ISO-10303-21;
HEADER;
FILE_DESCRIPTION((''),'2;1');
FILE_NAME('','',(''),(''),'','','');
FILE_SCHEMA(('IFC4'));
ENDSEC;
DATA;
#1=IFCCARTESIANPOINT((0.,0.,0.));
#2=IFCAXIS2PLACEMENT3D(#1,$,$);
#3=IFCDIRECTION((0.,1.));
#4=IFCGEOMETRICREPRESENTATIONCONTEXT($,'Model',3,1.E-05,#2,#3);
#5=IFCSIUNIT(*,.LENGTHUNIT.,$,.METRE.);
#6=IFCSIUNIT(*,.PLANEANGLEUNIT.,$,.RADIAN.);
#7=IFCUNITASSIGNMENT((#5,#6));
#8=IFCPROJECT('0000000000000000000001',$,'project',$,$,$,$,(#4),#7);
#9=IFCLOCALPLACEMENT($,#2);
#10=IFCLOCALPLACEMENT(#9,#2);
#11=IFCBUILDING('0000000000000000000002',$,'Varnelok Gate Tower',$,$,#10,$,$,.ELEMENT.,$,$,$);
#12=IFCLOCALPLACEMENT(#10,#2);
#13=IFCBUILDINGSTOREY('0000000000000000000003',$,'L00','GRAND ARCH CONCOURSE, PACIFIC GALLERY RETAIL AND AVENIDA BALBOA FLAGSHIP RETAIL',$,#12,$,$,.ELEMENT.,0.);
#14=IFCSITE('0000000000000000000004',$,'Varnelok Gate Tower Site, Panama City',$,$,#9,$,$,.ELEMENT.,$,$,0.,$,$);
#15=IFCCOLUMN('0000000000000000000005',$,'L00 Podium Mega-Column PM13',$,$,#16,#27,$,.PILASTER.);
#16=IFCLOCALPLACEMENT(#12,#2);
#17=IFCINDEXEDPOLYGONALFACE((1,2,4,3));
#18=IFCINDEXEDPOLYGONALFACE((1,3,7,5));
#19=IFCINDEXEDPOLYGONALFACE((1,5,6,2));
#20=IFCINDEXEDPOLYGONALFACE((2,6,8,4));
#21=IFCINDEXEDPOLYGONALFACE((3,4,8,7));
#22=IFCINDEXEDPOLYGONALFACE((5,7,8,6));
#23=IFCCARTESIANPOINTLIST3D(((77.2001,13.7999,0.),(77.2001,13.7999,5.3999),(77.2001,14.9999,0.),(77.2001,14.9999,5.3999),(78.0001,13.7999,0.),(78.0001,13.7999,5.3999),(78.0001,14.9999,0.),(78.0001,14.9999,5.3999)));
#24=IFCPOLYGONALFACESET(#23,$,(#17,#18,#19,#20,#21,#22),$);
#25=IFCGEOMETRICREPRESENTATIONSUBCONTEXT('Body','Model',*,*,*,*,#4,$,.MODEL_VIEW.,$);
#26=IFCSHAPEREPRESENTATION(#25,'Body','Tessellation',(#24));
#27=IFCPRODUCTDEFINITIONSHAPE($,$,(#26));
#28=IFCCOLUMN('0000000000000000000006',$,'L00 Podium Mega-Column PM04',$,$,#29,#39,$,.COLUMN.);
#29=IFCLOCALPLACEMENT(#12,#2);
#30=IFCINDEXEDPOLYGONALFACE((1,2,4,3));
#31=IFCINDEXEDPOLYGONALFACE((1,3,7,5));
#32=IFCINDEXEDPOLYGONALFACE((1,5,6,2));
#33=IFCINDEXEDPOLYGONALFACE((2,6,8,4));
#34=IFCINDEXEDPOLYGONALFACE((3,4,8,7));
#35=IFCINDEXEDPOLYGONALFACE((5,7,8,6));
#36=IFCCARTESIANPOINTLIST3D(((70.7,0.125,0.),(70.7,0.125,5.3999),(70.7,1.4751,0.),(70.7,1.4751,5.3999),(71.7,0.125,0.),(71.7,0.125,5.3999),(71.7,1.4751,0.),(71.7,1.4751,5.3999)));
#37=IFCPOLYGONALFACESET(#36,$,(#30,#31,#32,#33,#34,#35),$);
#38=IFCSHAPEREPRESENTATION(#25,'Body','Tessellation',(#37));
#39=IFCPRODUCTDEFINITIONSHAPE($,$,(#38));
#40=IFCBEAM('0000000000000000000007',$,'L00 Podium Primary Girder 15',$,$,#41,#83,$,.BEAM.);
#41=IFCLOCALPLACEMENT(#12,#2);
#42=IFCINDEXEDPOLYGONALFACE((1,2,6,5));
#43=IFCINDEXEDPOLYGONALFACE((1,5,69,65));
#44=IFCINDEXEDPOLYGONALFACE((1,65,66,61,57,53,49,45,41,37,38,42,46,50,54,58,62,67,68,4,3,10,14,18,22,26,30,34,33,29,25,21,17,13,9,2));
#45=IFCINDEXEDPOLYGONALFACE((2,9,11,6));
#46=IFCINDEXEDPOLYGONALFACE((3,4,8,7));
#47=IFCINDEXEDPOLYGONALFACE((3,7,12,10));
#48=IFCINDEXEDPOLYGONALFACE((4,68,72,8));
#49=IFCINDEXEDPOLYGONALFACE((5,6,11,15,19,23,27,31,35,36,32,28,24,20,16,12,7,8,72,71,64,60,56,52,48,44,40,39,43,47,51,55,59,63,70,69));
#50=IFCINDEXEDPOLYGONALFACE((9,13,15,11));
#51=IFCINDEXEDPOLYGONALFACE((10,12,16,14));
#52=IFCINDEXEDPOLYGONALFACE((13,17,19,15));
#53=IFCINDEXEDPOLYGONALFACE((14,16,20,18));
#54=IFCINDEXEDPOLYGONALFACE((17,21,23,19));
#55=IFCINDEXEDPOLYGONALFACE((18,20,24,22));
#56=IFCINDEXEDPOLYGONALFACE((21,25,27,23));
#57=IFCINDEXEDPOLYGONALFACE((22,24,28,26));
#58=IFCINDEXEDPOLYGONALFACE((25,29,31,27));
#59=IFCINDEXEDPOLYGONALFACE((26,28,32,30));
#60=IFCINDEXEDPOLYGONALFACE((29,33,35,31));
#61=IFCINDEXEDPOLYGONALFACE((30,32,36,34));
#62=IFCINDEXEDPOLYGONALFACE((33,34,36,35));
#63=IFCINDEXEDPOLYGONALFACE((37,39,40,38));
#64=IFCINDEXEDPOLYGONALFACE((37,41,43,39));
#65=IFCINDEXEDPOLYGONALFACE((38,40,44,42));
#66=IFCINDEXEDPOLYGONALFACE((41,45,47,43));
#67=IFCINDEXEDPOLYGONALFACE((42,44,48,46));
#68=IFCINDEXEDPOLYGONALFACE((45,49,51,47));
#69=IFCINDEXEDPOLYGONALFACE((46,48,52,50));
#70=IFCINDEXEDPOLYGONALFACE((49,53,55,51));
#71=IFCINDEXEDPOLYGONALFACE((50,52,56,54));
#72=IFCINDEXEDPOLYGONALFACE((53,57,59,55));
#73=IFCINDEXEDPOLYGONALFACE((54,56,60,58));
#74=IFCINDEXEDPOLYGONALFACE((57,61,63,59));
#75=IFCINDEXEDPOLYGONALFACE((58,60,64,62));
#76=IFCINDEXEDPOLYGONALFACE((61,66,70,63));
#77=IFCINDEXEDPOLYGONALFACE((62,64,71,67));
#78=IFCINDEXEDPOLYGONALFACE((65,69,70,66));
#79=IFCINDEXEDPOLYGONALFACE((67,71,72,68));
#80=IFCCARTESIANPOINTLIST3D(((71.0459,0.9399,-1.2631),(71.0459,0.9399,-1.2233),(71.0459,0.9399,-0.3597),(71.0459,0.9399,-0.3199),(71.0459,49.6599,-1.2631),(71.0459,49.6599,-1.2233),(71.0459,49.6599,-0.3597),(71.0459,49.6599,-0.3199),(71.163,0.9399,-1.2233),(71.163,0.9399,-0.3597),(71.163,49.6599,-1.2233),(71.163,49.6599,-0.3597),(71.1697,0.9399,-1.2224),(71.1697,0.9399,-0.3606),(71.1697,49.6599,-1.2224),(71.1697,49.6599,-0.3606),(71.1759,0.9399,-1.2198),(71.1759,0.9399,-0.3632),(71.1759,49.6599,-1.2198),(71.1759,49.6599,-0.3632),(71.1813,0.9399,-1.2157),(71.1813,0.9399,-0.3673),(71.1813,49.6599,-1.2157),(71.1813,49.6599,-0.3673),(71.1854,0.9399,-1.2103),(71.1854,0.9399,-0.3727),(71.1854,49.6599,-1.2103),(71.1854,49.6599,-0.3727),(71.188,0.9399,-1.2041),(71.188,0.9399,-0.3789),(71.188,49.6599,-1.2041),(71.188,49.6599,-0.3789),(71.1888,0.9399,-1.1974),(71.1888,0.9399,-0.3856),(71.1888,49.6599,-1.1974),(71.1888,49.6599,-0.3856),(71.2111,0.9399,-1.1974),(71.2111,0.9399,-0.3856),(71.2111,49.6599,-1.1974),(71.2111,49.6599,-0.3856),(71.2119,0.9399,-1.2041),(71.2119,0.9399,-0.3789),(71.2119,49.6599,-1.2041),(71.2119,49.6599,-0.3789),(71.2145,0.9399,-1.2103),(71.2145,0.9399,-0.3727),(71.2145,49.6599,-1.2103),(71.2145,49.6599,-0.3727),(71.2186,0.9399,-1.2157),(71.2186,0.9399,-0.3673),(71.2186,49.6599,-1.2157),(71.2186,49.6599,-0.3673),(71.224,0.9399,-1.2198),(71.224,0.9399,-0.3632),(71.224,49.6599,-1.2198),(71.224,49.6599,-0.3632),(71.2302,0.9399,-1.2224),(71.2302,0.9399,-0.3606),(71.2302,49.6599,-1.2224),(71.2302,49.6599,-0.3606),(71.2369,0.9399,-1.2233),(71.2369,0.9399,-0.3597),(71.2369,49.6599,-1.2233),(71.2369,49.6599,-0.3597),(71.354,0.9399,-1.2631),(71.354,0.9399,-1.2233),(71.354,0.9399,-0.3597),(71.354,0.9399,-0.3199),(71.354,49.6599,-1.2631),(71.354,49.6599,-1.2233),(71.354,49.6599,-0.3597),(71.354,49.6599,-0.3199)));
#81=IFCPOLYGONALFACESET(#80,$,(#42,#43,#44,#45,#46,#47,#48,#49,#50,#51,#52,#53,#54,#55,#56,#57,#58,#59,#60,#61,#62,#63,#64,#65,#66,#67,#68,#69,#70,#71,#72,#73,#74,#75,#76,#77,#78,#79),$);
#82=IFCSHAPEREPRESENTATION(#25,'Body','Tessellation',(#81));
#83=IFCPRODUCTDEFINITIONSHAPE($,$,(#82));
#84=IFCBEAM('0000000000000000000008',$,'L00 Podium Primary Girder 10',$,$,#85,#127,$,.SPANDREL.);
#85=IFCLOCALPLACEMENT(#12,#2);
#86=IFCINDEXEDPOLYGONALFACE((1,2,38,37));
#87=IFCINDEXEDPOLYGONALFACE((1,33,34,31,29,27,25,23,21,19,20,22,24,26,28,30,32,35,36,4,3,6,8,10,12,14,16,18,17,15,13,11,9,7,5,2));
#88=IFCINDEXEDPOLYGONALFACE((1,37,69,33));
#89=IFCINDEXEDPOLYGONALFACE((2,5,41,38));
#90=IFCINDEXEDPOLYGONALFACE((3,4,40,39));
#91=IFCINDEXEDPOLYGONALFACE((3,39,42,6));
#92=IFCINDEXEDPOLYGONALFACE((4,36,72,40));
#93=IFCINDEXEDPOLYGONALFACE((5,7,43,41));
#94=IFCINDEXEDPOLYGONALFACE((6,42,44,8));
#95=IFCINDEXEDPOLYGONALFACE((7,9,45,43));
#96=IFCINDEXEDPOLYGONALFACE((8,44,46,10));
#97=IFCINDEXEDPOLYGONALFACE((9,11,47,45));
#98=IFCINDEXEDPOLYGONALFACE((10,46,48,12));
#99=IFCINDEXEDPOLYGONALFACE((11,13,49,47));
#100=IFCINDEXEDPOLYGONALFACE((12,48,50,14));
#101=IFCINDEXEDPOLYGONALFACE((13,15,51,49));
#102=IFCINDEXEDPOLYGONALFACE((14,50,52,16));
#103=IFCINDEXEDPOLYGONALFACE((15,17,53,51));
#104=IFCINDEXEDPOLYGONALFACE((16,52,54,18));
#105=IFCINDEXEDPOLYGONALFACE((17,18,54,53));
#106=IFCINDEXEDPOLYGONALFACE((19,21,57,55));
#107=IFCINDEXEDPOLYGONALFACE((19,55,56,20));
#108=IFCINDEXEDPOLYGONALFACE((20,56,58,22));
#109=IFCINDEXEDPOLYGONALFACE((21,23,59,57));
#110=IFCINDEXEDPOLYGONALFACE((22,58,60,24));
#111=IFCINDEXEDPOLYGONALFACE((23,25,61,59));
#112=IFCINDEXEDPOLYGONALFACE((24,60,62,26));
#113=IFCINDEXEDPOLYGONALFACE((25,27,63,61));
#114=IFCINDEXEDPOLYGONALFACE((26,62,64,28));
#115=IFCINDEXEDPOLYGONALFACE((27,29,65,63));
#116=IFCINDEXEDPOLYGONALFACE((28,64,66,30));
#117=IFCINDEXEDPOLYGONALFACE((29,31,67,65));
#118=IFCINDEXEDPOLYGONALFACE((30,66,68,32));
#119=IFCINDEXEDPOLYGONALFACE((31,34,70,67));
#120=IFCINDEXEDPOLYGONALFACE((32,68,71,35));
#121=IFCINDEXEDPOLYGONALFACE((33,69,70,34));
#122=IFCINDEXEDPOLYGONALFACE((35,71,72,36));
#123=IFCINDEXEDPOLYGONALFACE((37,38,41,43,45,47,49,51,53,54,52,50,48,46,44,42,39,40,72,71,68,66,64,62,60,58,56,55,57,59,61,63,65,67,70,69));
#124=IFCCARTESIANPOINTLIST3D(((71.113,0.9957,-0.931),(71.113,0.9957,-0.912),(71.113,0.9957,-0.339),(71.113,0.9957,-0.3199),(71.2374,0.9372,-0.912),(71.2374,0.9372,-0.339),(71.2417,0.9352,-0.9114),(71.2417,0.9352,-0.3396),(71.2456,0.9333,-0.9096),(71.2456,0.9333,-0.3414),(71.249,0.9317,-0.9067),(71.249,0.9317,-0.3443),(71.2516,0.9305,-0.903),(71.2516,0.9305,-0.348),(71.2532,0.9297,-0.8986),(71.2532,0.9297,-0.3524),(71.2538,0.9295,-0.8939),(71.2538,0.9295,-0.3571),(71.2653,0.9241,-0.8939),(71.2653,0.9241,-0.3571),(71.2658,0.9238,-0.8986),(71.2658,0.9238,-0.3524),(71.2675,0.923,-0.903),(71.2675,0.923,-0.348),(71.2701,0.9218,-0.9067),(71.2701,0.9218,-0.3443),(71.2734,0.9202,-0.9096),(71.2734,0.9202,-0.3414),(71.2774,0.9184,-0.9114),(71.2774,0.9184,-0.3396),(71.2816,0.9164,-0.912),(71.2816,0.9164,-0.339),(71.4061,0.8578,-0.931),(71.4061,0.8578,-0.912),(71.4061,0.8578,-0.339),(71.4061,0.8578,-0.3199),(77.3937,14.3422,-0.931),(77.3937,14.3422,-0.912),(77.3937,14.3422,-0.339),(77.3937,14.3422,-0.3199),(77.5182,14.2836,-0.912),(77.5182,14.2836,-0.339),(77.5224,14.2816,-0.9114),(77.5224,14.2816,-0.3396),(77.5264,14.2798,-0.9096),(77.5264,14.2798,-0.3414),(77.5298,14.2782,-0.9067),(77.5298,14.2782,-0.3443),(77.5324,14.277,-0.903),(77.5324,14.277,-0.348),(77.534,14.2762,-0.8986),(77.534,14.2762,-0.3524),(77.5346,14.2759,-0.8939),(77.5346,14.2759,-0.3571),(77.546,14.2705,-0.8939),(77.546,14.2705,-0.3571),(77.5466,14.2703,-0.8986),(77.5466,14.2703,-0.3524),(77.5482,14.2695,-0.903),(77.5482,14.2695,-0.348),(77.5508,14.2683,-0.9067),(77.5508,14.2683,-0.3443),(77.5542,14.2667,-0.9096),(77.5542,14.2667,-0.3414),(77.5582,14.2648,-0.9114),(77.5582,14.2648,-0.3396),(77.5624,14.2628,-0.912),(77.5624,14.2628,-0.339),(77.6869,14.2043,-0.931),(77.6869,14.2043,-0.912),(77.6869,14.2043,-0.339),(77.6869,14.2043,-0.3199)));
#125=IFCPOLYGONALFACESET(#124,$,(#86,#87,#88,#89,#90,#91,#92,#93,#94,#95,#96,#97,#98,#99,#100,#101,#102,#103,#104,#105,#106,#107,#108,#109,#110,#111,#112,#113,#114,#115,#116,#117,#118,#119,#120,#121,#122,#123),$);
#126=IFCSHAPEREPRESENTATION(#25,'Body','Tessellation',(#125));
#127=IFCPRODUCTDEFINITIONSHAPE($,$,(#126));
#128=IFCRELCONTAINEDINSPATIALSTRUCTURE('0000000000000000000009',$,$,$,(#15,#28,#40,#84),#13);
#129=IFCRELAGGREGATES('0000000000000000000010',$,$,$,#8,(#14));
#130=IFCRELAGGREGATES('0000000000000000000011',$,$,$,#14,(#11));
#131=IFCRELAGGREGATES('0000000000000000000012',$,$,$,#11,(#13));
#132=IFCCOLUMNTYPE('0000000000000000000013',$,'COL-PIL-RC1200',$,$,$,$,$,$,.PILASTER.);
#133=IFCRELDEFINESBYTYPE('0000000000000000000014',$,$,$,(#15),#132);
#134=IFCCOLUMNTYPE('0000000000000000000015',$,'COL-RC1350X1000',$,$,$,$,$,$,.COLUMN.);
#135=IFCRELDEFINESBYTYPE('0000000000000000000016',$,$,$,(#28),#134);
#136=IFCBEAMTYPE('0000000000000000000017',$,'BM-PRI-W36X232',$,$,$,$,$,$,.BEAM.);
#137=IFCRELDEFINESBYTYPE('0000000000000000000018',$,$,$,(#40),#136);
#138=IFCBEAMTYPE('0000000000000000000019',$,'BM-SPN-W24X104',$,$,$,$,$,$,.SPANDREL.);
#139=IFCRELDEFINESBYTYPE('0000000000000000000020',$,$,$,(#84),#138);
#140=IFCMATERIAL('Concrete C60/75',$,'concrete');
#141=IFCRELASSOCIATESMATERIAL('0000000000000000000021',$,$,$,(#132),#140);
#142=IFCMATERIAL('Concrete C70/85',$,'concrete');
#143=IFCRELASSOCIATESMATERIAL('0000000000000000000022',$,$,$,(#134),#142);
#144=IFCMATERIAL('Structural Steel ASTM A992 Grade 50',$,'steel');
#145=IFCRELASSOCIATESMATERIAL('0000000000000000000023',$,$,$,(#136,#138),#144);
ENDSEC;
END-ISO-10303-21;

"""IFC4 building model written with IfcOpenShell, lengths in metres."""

from ifc_helpers import new_model, si_unit, direction, frame, origin, origin_2d, place, context, subcontext, project, spatial, rectangle, i_section, extrude, material, material_profile, profile_set, type_object, element, save


model = new_model("IFC4")

# Units and contexts
model_context = context("Model", 3, precision=1e-05, world=origin(), true_north=direction((0.0, 1.0)))
body_context = subcontext(model_context, "Body", "Model", "MODEL_VIEW")
ifc_project = project(units=[si_unit("LENGTHUNIT", "METRE"), si_unit("PLANEANGLEUNIT", "RADIAN")], contexts=[model_context])

# Site, building, storey
site_placement = place(None, origin())
site = spatial("IfcSite", under=ifc_project, at=site_placement, Name="Varnelok Gate Tower Site, Panama City", CompositionType="ELEMENT", RefElevation=0.0)
building_placement = place(site_placement, origin())
building = spatial("IfcBuilding", under=site, at=building_placement, Name="Varnelok Gate Tower", CompositionType="ELEMENT")
storey_placement = place(building_placement, origin())
storey = spatial("IfcBuildingStorey", under=building, at=storey_placement, Name="L00", Description="GRAND ARCH CONCOURSE, PACIFIC GALLERY RETAIL AND AVENIDA BALBOA FLAGSHIP RETAIL", CompositionType="ELEMENT", Elevation=0.0)

# Columns
ifc_material_1 = material(Name="Concrete C60/75", Category="concrete")
ifc_material_profile_1 = material_profile(ifc_material_1, rectangle(XDim=0.8, YDim=1.2, at=origin_2d()), Name="RC1200X800")
ifc_profile_set_1 = profile_set([ifc_material_profile_1], Name="Concrete C60/75")
column_type_1 = type_object("IfcColumnType", Name="COL-PIL-RC1200", PredefinedType="PILASTER", material=ifc_profile_set_1)
column_1_placement = place(storey_placement, frame((77.6001, 14.3999, 0.0), z_axis=(0.0, 0.0, 1.0), x_axis=(1.0, 0.0, 0.0)))
element("IfcColumn", 1, at=column_1_placement, inside=storey, type_object=column_type_1, Name="L00 Podium Mega-Column PM13", PredefinedType="PILASTER", context=body_context, shape_type="SweptSolid", body=[
    extrude(rectangle(XDim=0.8, YDim=1.2, at=origin_2d()), origin(), (0.0, 0.0, 1.0), 5.3999),
])
ifc_material_2 = material(Name="Concrete C70/85", Category="concrete")
ifc_material_profile_2 = material_profile(ifc_material_2, rectangle(XDim=1.0, YDim=1.3501, at=origin_2d()), Name="RC1350X1000")
ifc_profile_set_2 = profile_set([ifc_material_profile_2], Name="Concrete C70/85")
column_type_2 = type_object("IfcColumnType", Name="COL-RC1350X1000", PredefinedType="COLUMN", material=ifc_profile_set_2)
column_2_placement = place(storey_placement, frame((71.2, 0.8, 0.0), z_axis=(0.0, 0.0, 1.0), x_axis=(1.0, 0.0, 0.0)))
element("IfcColumn", 2, at=column_2_placement, inside=storey, type_object=column_type_2, Name="L00 Podium Mega-Column PM04", PredefinedType="COLUMN", context=body_context, shape_type="SweptSolid", body=[
    extrude(rectangle(XDim=1.0, YDim=1.3501, at=origin_2d()), origin(), (0.0, 0.0, 1.0), 5.3999),
])

# Beams
ifc_material_3 = material(Name="Structural Steel ASTM A992 Grade 50", Category="steel")
ifc_material_profile_3 = material_profile(ifc_material_3, i_section(OverallWidth=0.3081, OverallDepth=0.9431, WebThickness=0.0222, FlangeThickness=0.0398, FilletRadius=0.0259, at=origin_2d()), Name="W36X232")
ifc_profile_set_3 = profile_set([ifc_material_profile_3], Name="Structural Steel ASTM A992 Grade 50")
beam_type_1 = type_object("IfcBeamType", Name="BM-PRI-W36X232", PredefinedType="BEAM", material=ifc_profile_set_3)
beam_1_placement = place(storey_placement, frame((71.2, 0.9399, -0.7915), z_axis=(0.0, 1.0, 0.0), x_axis=(-1.0, 0.0, 0.0)))
element("IfcBeam", 3, at=beam_1_placement, inside=storey, type_object=beam_type_1, Name="L00 Podium Primary Girder 15", PredefinedType="BEAM", context=body_context, shape_type="SweptSolid", body=[
    extrude(i_section(OverallWidth=0.3081, OverallDepth=0.9431, WebThickness=0.0222, FlangeThickness=0.0398, FilletRadius=0.0259, at=origin_2d()), origin(), (0.0, 0.0, 1.0), 48.72),
])
ifc_material_profile_4 = material_profile(ifc_material_3, i_section(OverallWidth=0.324, OverallDepth=0.6111, WebThickness=0.0127, FlangeThickness=0.019, FilletRadius=0.0181, at=origin_2d()), Name="W24X104")
ifc_profile_set_4 = profile_set([ifc_material_profile_4], Name="Structural Steel ASTM A992 Grade 50")
beam_type_2 = type_object("IfcBeamType", Name="BM-SPN-W24X104", PredefinedType="SPANDREL", material=ifc_profile_set_4)
beam_2_placement = place(storey_placement, frame((71.2595, 0.9268, -0.6255), z_axis=(0.425802, 0.904816, 0.0), x_axis=(-0.904816, 0.425802, 0.0)))
element("IfcBeam", 4, at=beam_2_placement, inside=storey, type_object=beam_type_2, Name="L00 Podium Primary Girder 10", PredefinedType="SPANDREL", context=body_context, shape_type="SweptSolid", body=[
    extrude(i_section(OverallWidth=0.324, OverallDepth=0.6111, WebThickness=0.0127, FlangeThickness=0.019, FilletRadius=0.0181, at=origin_2d()), origin(), (0.0, 0.0, 1.0), 14.7505),
])

save(model, "model.ifc")
